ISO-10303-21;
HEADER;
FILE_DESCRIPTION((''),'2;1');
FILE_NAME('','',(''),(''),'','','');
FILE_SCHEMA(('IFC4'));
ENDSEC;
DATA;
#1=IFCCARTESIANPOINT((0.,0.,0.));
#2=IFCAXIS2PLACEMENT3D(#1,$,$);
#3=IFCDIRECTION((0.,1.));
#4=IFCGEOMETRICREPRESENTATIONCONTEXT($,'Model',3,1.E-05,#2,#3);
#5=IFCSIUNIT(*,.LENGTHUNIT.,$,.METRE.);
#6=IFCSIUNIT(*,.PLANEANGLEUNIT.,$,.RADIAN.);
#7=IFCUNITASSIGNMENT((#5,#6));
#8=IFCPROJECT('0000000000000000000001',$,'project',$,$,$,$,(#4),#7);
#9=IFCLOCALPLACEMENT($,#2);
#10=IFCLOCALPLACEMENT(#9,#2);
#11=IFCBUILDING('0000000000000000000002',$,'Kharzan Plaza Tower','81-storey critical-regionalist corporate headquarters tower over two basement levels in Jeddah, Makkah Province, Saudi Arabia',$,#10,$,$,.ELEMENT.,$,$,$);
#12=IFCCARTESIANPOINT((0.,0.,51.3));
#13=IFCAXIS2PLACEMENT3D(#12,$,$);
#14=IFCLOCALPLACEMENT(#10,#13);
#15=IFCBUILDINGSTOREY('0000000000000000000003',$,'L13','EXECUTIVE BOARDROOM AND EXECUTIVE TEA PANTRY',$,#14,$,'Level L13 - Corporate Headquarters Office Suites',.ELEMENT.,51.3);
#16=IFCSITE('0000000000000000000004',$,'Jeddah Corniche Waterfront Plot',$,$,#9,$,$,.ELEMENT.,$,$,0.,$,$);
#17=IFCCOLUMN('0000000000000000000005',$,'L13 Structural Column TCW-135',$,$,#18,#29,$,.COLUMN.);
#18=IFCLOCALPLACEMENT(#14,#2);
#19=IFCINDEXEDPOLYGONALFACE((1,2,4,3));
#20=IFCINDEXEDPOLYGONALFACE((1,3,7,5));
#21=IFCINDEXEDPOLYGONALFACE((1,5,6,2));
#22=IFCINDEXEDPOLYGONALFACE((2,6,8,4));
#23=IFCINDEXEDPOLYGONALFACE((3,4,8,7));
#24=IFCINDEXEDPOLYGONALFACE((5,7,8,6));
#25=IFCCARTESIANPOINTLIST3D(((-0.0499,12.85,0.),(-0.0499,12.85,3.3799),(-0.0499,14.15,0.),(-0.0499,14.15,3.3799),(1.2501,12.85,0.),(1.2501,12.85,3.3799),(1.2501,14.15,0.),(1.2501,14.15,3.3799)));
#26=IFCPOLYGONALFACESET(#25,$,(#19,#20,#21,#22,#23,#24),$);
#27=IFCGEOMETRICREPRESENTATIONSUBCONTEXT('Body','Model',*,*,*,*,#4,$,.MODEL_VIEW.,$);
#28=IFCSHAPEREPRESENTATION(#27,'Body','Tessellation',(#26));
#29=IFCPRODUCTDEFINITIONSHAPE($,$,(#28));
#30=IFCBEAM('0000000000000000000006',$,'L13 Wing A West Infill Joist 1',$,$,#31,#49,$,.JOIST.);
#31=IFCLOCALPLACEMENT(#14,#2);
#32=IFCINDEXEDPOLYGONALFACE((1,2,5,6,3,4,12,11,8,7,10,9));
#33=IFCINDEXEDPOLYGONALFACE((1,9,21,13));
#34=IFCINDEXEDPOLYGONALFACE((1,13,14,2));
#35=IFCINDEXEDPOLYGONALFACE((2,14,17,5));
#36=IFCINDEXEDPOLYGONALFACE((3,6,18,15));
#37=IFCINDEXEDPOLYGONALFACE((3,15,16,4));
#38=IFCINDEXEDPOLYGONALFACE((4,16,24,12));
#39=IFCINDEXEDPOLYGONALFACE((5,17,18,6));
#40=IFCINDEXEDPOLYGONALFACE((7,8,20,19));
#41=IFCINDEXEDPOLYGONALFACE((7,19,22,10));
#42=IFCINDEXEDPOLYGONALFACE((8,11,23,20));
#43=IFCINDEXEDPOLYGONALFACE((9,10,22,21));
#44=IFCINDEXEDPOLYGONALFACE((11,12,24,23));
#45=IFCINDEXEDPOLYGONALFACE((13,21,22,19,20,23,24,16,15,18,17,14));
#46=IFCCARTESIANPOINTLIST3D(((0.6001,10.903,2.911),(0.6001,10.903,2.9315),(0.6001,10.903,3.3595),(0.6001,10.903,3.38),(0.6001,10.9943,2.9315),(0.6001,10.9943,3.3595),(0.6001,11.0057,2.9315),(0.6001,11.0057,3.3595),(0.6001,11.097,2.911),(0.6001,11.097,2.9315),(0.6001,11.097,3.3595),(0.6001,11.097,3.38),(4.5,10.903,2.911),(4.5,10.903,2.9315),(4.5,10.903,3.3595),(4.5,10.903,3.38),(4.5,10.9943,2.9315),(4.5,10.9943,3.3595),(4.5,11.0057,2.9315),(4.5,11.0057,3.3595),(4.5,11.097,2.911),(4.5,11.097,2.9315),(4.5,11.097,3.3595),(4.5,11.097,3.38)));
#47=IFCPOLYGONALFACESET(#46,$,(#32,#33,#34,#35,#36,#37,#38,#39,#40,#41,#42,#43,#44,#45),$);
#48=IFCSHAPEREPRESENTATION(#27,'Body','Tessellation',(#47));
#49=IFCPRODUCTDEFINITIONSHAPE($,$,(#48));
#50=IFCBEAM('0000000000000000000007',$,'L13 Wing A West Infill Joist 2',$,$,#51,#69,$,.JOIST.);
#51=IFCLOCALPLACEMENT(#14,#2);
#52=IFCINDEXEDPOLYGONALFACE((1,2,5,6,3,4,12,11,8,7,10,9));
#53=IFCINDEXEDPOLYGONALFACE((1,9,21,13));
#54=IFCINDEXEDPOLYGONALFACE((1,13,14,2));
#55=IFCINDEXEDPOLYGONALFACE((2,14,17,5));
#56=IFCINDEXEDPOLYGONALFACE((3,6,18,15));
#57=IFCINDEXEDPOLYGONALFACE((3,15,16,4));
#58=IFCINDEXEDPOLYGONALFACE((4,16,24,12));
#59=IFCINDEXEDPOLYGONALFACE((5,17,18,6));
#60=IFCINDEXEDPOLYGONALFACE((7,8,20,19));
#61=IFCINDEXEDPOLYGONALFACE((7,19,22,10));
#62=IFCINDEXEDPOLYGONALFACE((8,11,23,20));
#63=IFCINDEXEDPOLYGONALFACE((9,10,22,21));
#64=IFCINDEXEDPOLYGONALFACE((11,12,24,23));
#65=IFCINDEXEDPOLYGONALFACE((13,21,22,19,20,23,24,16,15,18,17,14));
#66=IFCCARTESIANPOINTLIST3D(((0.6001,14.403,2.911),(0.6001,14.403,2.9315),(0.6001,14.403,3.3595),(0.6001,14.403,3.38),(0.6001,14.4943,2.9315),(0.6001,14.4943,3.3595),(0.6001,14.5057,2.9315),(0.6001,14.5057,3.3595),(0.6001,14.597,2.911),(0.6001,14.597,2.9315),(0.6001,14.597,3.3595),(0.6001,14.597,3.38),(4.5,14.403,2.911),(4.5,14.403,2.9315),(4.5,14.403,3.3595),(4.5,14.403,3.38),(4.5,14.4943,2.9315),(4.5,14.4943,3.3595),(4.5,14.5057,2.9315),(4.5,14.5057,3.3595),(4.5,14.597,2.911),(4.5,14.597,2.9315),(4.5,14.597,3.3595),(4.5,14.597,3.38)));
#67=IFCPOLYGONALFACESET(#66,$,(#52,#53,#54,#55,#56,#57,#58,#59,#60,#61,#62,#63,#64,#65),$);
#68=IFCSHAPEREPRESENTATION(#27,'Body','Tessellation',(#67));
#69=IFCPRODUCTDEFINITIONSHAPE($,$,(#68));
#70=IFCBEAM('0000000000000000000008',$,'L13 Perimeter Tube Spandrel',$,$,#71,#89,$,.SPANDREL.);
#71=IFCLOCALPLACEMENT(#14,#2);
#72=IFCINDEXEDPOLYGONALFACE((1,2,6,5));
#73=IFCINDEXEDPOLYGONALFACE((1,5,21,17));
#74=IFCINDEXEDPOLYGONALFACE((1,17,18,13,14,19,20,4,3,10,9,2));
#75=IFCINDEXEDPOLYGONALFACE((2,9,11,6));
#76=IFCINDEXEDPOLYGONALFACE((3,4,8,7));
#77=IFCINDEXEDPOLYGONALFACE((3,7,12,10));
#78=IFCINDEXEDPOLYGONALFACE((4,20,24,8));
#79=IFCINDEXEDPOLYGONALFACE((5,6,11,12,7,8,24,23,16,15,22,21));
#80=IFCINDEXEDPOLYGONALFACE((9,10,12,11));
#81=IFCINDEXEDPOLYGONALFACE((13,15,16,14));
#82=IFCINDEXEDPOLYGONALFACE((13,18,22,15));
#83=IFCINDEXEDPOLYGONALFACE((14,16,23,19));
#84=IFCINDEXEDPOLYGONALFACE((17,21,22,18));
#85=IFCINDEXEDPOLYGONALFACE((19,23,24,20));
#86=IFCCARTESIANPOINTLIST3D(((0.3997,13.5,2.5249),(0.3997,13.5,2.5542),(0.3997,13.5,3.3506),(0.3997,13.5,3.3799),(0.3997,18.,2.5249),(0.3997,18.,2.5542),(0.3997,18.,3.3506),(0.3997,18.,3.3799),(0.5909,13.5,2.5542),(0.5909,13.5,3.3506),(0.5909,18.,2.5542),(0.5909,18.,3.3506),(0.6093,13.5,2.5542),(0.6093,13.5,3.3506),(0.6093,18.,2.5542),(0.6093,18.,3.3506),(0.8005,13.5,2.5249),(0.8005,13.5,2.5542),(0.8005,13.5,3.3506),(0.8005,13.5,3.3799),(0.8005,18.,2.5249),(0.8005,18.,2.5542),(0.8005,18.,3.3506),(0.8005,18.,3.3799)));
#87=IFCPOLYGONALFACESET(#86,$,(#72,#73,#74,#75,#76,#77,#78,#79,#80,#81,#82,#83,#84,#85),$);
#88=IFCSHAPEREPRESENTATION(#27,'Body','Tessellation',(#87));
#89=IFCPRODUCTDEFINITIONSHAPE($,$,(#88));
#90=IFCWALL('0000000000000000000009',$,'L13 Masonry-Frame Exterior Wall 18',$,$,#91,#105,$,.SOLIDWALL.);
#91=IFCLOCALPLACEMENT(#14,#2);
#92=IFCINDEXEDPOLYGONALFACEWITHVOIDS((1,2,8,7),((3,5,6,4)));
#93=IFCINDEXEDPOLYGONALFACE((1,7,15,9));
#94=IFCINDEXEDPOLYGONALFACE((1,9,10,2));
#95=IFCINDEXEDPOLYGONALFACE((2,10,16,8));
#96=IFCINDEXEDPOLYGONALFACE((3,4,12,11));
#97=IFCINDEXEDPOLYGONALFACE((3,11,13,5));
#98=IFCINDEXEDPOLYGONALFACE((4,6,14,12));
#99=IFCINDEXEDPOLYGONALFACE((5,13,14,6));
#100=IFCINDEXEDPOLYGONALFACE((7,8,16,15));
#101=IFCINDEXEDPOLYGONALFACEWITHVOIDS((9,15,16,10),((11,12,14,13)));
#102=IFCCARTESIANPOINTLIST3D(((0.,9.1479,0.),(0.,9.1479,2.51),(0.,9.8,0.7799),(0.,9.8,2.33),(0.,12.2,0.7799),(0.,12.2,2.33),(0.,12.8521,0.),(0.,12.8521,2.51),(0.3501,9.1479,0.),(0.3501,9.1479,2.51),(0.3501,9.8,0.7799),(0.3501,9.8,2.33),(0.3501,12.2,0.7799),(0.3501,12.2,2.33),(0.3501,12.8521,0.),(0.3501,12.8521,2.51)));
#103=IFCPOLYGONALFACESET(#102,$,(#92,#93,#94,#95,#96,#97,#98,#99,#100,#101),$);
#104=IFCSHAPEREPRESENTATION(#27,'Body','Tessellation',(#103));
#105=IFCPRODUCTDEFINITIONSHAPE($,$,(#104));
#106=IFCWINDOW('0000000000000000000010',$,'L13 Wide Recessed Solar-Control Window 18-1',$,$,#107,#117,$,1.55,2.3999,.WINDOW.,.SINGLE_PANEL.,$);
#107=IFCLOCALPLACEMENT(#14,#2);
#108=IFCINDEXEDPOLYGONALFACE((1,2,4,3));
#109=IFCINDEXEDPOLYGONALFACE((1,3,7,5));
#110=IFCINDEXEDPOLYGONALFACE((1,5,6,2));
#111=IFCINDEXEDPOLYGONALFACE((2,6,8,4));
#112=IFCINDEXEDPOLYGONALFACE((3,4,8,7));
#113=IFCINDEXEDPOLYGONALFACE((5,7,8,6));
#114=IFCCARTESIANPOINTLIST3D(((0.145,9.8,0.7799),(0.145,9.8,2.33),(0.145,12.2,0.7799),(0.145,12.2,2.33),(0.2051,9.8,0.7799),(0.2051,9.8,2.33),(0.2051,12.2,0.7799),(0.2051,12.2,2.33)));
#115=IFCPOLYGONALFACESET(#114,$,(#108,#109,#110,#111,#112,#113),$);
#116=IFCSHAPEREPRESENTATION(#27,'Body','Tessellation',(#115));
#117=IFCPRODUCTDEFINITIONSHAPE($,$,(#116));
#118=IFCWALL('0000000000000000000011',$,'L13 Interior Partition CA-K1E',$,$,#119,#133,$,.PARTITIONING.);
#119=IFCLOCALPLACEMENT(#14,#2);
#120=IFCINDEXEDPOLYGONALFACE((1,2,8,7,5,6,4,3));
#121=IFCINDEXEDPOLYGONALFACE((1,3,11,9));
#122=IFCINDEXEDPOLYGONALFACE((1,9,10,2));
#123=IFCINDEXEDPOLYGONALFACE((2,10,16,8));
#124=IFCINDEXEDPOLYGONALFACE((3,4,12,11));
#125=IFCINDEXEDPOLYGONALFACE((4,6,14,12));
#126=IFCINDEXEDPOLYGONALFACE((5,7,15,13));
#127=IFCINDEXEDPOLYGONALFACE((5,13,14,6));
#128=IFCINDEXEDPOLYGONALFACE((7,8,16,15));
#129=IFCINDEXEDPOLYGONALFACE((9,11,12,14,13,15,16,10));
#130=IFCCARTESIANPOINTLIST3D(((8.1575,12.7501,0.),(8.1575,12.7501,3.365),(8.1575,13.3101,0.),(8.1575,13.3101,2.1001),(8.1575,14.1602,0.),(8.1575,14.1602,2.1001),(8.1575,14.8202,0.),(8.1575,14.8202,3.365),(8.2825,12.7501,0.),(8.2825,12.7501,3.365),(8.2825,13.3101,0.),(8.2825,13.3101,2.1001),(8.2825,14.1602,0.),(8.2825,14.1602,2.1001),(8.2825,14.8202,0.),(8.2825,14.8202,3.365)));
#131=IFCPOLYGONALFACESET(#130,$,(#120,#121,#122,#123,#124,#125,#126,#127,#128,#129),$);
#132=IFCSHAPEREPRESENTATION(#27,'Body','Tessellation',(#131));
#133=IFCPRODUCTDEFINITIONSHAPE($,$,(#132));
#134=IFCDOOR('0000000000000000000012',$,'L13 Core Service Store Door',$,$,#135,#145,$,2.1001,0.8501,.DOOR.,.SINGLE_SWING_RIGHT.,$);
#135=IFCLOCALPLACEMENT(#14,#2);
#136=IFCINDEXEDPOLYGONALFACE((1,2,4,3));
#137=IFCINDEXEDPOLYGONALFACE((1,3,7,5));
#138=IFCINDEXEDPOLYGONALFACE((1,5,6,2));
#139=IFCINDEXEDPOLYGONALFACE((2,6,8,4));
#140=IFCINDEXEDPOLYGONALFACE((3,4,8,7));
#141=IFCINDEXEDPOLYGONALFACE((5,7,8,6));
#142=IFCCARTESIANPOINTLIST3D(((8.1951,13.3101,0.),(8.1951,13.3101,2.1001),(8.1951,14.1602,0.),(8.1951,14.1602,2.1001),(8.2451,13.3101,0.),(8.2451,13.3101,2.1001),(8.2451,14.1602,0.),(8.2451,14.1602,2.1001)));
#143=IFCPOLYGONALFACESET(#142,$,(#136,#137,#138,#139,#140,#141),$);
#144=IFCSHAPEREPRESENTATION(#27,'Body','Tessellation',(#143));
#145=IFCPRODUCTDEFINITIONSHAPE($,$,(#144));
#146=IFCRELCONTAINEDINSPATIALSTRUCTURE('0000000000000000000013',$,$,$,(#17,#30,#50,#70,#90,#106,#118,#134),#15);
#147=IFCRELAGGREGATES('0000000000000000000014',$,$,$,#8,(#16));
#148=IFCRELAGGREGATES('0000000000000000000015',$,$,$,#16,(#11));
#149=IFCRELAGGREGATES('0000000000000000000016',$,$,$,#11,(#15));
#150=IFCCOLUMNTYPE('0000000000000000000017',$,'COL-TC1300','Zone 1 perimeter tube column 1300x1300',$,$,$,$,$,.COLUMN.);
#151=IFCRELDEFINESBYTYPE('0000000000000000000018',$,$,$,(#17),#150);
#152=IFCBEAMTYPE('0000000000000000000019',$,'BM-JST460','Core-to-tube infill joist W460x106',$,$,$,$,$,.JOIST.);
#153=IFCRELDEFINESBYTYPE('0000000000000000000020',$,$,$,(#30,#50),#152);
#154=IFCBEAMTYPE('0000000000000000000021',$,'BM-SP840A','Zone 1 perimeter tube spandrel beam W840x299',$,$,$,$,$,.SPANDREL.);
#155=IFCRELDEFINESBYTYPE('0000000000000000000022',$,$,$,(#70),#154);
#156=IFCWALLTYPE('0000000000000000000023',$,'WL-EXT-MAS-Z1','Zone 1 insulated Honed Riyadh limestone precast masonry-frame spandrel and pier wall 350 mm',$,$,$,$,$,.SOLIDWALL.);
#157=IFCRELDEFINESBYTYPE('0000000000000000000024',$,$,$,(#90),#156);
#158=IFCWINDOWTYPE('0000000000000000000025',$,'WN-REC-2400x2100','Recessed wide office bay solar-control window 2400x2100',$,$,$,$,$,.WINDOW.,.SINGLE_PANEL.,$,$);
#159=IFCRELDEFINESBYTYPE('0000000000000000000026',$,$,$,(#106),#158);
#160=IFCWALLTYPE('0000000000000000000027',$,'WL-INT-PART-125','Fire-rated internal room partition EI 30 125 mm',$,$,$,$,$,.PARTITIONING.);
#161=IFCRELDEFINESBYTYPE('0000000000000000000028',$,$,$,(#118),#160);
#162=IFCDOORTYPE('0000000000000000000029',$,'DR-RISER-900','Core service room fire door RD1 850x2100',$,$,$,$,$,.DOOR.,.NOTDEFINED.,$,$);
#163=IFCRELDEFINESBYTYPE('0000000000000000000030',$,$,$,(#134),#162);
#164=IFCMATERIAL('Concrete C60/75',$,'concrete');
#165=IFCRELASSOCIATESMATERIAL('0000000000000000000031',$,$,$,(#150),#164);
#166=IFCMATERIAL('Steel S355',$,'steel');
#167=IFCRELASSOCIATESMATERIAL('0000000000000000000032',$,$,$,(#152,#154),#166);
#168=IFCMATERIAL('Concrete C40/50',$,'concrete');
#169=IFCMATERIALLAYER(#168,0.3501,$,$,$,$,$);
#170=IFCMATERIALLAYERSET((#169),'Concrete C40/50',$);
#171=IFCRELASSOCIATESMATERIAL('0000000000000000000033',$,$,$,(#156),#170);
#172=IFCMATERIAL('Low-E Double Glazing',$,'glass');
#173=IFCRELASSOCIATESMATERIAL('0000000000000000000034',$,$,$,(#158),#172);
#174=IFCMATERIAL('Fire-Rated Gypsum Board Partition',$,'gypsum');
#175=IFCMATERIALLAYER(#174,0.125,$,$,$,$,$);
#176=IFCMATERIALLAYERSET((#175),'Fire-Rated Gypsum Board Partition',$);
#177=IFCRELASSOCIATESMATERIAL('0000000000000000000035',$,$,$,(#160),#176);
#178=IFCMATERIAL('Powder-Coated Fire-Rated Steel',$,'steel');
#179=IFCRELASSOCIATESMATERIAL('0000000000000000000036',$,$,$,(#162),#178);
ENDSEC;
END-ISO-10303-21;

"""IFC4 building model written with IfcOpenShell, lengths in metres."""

from ifc_helpers import new_model, si_unit, direction, frame, frame_2d, origin, origin_2d, place, context, subcontext, project, spatial, rectangle, i_section, extrude, source, transform, mapped, material, layer, layer_set, material_profile, profile_set, type_object, element, fill, save


model = new_model("IFC4")

# Units and contexts
model_context = context("Model", 3, precision=1e-05, world=origin(), true_north=direction((0.0, 1.0)))
body_context = subcontext(model_context, "Body", "Model", "MODEL_VIEW")
ifc_project = project(units=[si_unit("LENGTHUNIT", "METRE"), si_unit("PLANEANGLEUNIT", "RADIAN")], contexts=[model_context])

# Site, building, storey
site_placement = place(None, origin())
site = spatial("IfcSite", under=ifc_project, at=site_placement, Name="Jeddah Corniche Waterfront Plot", CompositionType="ELEMENT", RefElevation=0.0)
building_placement = place(site_placement, origin())
building = spatial("IfcBuilding", under=site, at=building_placement, Name="Kharzan Plaza Tower", Description="81-storey critical-regionalist corporate headquarters tower over two basement levels in Jeddah, Makkah Province, Saudi Arabia", CompositionType="ELEMENT")
storey_placement = place(building_placement, frame((0.0, 0.0, 51.3)))
storey = spatial("IfcBuildingStorey", under=building, at=storey_placement, Name="L13", Description="EXECUTIVE BOARDROOM AND EXECUTIVE TEA PANTRY", LongName="Level L13 - Corporate Headquarters Office Suites", CompositionType="ELEMENT", Elevation=51.3)

# Column
ifc_material_1 = material(Name="Concrete C60/75", Category="concrete")
ifc_material_profile_1 = material_profile(ifc_material_1, rectangle(XDim=1.3, YDim=1.3, at=origin_2d()), Name="RC-TC1300x1300")
ifc_profile_set_1 = profile_set([ifc_material_profile_1], Name="Concrete C60/75")
column_type = type_object("IfcColumnType", Name="COL-TC1300", Description="Zone 1 perimeter tube column 1300x1300", PredefinedType="COLUMN", material=ifc_profile_set_1)
shared_shape_1 = source(origin(), body_context, "Body", "SweptSolid", [
    extrude(rectangle(XDim=1.3, YDim=1.3, at=origin_2d()), origin(), (0.0, 0.0, 1.0), 3.3799),
])
column_placement = place(storey_placement, frame((0.6001, 13.5, 0.0), z_axis=(0.0, 0.0, 1.0), x_axis=(1.0, 0.0, 0.0)))
element("IfcColumn", 1, at=column_placement, inside=storey, type_object=column_type, Name="L13 Structural Column TCW-135", PredefinedType="COLUMN", context=body_context, shape_type="MappedRepresentation", body=[
    mapped(shared_shape_1, transform((0.0, 0.0, 0.0), x_axis=(1.0, 0.0, 0.0), y_axis=(0.0, 1.0, 0.0), z_axis=(0.0, 0.0, 1.0))),
])

# Beams
ifc_material_2 = material(Name="Steel S355", Category="steel")
ifc_material_profile_2 = material_profile(ifc_material_2, i_section(OverallWidth=0.1941, OverallDepth=0.469, WebThickness=0.0115, FlangeThickness=0.0205, at=origin_2d()), Name="W460x106")
ifc_profile_set_2 = profile_set([ifc_material_profile_2], Name="Steel S355")
beam_type_1 = type_object("IfcBeamType", Name="BM-JST460", Description="Core-to-tube infill joist W460x106", PredefinedType="JOIST", material=ifc_profile_set_2)
shared_shape_2 = source(origin(), body_context, "Body", "SweptSolid", [
    extrude(i_section(OverallWidth=0.1941, OverallDepth=0.469, WebThickness=0.0115, FlangeThickness=0.0205, at=origin_2d()), origin(), (0.0, 0.0, 1.0), 3.8999),
])
for number, where, z_axis, x_axis, name in (
    (2, (0.6001, 11.0, 3.1455), (1.0, 0.0, 0.0), (0.0, 1.0, 0.0), "L13 Wing A West Infill Joist 1"),
    (3, (0.6001, 14.5, 3.1455), (1.0, 0.0, 0.0), (0.0, 1.0, 0.0), "L13 Wing A West Infill Joist 2"),
):
    element("IfcBeam", number, at=place(storey_placement, frame(where, z_axis=z_axis, x_axis=x_axis)), inside=storey, type_object=beam_type_1, Name=name, PredefinedType="JOIST", context=body_context, shape_type="MappedRepresentation", body=[
        mapped(shared_shape_2, transform((0.0, 0.0, 0.0), x_axis=(1.0, 0.0, 0.0), y_axis=(0.0, 1.0, 0.0), z_axis=(0.0, 0.0, 1.0))),
    ])
ifc_material_profile_3 = material_profile(ifc_material_2, i_section(OverallWidth=0.4009, OverallDepth=0.855, WebThickness=0.0183, FlangeThickness=0.0293, at=origin_2d()), Name="W840x299")
ifc_profile_set_3 = profile_set([ifc_material_profile_3], Name="Steel S355")
beam_type_2 = type_object("IfcBeamType", Name="BM-SP840A", Description="Zone 1 perimeter tube spandrel beam W840x299", PredefinedType="SPANDREL", material=ifc_profile_set_3)
shared_shape_3 = source(origin(), body_context, "Body", "SweptSolid", [
    extrude(i_section(OverallWidth=0.4009, OverallDepth=0.855, WebThickness=0.0183, FlangeThickness=0.0293, at=origin_2d()), origin(), (0.0, 0.0, 1.0), 4.5),
])
beam_placement = place(storey_placement, frame((0.6001, 13.5, 2.9524), z_axis=(0.0, 1.0, 0.0), x_axis=(-1.0, 0.0, 0.0)))
element("IfcBeam", 4, at=beam_placement, inside=storey, type_object=beam_type_2, Name="L13 Perimeter Tube Spandrel", PredefinedType="SPANDREL", context=body_context, shape_type="MappedRepresentation", body=[
    mapped(shared_shape_3, transform((0.0, 0.0, 0.0), x_axis=(1.0, 0.0, 0.0), y_axis=(0.0, 1.0, 0.0), z_axis=(0.0, 0.0, 1.0))),
])

# Wall, opening, window
ifc_material_3 = material(Name="Concrete C40/50", Category="concrete")
ifc_layer_1 = layer(ifc_material_3, 0.3501)
ifc_layer_set_1 = layer_set([ifc_layer_1], Name="Concrete C40/50")
wall_type_1 = type_object("IfcWallType", Name="WL-EXT-MAS-Z1", Description="Zone 1 insulated Honed Riyadh limestone precast masonry-frame spandrel and pier wall 350 mm", PredefinedType="SOLIDWALL", material=ifc_layer_set_1)
wall_1_placement = place(storey_placement, frame((0.175, 12.8521, 0.0), z_axis=(0.0, 0.0, 1.0), x_axis=(0.0, -1.0, 0.0)))
wall_1 = element("IfcWall", 5, at=wall_1_placement, inside=storey, type_object=wall_type_1, Name="L13 Masonry-Frame Exterior Wall 18", PredefinedType="SOLIDWALL", context=body_context, shape_type="SweptSolid", body=[
    extrude(rectangle(XDim=3.7041, YDim=0.3501, at=frame_2d((1.8521, 0.0))), origin(), (0.0, 0.0, 1.0), 2.51),
])
opening_1_placement = place(wall_1_placement, frame((0.6521, 0.0, 0.78)))
opening_1 = element("IfcOpeningElement", 6, at=opening_1_placement, cuts=wall_1, PredefinedType="OPENING", context=body_context, shape_type="SweptSolid", body=[
    extrude(rectangle(XDim=2.3999, YDim=1.55, at=frame_2d((1.2, 0.7749))), frame((0.0, 0.1851, 0.0), z_axis=(0.0, -1.0, 0.0), x_axis=(1.0, 0.0, 0.0)), (0.0, 0.0, 1.0), 0.3701),
])
ifc_material_4 = material(Name="Low-E Double Glazing", Category="glass")
window_type = type_object("IfcWindowType", Name="WN-REC-2400x2100", Description="Recessed wide office bay solar-control window 2400x2100", PartitioningType="SINGLE_PANEL", PredefinedType="WINDOW", material=ifc_material_4)
shared_shape_4 = source(origin(), body_context, "Body", "SweptSolid", [
    extrude(rectangle(XDim=2.3999, YDim=1.55, at=frame_2d((1.2, 0.7749))), frame((0.0, 0.03, 0.0), z_axis=(0.0, -1.0, 0.0), x_axis=(1.0, 0.0, 0.0)), (0.0, 0.0, 1.0), 0.0601),
])
window_placement = place(opening_1_placement, origin())
window = element("IfcWindow", 7, at=window_placement, inside=storey, type_object=window_type, Name="L13 Wide Recessed Solar-Control Window 18-1", OverallHeight=1.55, OverallWidth=2.3999, PartitioningType="SINGLE_PANEL", PredefinedType="WINDOW", context=body_context, shape_type="MappedRepresentation", body=[
    mapped(shared_shape_4, transform((0.0, 0.0, 0.0), x_axis=(1.0, 0.0, 0.0), y_axis=(0.0, 1.0, 0.0), z_axis=(0.0, 0.0, 1.0))),
])
fill(opening_1, window)

# Wall, opening, door
ifc_material_5 = material(Name="Fire-Rated Gypsum Board Partition", Category="gypsum")
ifc_layer_2 = layer(ifc_material_5, 0.125)
ifc_layer_set_2 = layer_set([ifc_layer_2], Name="Fire-Rated Gypsum Board Partition")
wall_type_2 = type_object("IfcWallType", Name="WL-INT-PART-125", Description="Fire-rated internal room partition EI 30 125 mm", PredefinedType="PARTITIONING", material=ifc_layer_set_2)
wall_2_placement = place(storey_placement, frame((8.22, 12.75, 0.0), z_axis=(0.0, 0.0, 1.0), x_axis=(0.0, 1.0, 0.0)))
wall_2 = element("IfcWall", 8, at=wall_2_placement, inside=storey, type_object=wall_type_2, Name="L13 Interior Partition CA-K1E", PredefinedType="PARTITIONING", context=body_context, shape_type="SweptSolid", body=[
    extrude(rectangle(XDim=2.0701, YDim=0.125, at=frame_2d((1.0352, 0.0))), origin(), (0.0, 0.0, 1.0), 3.365),
])
opening_2_placement = place(wall_2_placement, frame((0.5601, 0.0, 0.0)))
opening_2 = element("IfcOpeningElement", 9, at=opening_2_placement, cuts=wall_2, PredefinedType="OPENING", context=body_context, shape_type="SweptSolid", body=[
    extrude(rectangle(XDim=0.8501, YDim=2.1001, at=frame_2d((0.425, 1.05))), frame((0.0, 0.0725, 0.0), z_axis=(0.0, -1.0, 0.0), x_axis=(1.0, 0.0, 0.0)), (0.0, 0.0, 1.0), 0.145),
])
ifc_material_6 = material(Name="Powder-Coated Fire-Rated Steel", Category="steel")
door_type_1 = type_object("IfcDoorType", Name="DR-RISER-900", Description="Core service room fire door RD1 850x2100", OperationType="NOTDEFINED", PredefinedType="DOOR", material=ifc_material_6)
shared_shape_5 = source(origin(), body_context, "Body", "SweptSolid", [
    extrude(rectangle(XDim=0.8501, YDim=2.1001, at=frame_2d((0.425, 1.05))), frame((0.0, 0.0249, 0.0), z_axis=(0.0, -1.0, 0.0), x_axis=(1.0, 0.0, 0.0)), (0.0, 0.0, 1.0), 0.05),
])
door_1_placement = place(opening_2_placement, origin())
door_1 = element("IfcDoor", 10, at=door_1_placement, inside=storey, type_object=door_type_1, Name="L13 Core Service Store Door", OperationType="SINGLE_SWING_RIGHT", OverallHeight=2.1001, OverallWidth=0.8501, PredefinedType="DOOR", context=body_context, shape_type="MappedRepresentation", body=[
    mapped(shared_shape_5, transform((0.0, 0.0, 0.0), x_axis=(1.0, 0.0, 0.0), y_axis=(0.0, 1.0, 0.0), z_axis=(0.0, 0.0, 1.0))),
])
fill(opening_2, door_1)

save(model, "model.ifc")
